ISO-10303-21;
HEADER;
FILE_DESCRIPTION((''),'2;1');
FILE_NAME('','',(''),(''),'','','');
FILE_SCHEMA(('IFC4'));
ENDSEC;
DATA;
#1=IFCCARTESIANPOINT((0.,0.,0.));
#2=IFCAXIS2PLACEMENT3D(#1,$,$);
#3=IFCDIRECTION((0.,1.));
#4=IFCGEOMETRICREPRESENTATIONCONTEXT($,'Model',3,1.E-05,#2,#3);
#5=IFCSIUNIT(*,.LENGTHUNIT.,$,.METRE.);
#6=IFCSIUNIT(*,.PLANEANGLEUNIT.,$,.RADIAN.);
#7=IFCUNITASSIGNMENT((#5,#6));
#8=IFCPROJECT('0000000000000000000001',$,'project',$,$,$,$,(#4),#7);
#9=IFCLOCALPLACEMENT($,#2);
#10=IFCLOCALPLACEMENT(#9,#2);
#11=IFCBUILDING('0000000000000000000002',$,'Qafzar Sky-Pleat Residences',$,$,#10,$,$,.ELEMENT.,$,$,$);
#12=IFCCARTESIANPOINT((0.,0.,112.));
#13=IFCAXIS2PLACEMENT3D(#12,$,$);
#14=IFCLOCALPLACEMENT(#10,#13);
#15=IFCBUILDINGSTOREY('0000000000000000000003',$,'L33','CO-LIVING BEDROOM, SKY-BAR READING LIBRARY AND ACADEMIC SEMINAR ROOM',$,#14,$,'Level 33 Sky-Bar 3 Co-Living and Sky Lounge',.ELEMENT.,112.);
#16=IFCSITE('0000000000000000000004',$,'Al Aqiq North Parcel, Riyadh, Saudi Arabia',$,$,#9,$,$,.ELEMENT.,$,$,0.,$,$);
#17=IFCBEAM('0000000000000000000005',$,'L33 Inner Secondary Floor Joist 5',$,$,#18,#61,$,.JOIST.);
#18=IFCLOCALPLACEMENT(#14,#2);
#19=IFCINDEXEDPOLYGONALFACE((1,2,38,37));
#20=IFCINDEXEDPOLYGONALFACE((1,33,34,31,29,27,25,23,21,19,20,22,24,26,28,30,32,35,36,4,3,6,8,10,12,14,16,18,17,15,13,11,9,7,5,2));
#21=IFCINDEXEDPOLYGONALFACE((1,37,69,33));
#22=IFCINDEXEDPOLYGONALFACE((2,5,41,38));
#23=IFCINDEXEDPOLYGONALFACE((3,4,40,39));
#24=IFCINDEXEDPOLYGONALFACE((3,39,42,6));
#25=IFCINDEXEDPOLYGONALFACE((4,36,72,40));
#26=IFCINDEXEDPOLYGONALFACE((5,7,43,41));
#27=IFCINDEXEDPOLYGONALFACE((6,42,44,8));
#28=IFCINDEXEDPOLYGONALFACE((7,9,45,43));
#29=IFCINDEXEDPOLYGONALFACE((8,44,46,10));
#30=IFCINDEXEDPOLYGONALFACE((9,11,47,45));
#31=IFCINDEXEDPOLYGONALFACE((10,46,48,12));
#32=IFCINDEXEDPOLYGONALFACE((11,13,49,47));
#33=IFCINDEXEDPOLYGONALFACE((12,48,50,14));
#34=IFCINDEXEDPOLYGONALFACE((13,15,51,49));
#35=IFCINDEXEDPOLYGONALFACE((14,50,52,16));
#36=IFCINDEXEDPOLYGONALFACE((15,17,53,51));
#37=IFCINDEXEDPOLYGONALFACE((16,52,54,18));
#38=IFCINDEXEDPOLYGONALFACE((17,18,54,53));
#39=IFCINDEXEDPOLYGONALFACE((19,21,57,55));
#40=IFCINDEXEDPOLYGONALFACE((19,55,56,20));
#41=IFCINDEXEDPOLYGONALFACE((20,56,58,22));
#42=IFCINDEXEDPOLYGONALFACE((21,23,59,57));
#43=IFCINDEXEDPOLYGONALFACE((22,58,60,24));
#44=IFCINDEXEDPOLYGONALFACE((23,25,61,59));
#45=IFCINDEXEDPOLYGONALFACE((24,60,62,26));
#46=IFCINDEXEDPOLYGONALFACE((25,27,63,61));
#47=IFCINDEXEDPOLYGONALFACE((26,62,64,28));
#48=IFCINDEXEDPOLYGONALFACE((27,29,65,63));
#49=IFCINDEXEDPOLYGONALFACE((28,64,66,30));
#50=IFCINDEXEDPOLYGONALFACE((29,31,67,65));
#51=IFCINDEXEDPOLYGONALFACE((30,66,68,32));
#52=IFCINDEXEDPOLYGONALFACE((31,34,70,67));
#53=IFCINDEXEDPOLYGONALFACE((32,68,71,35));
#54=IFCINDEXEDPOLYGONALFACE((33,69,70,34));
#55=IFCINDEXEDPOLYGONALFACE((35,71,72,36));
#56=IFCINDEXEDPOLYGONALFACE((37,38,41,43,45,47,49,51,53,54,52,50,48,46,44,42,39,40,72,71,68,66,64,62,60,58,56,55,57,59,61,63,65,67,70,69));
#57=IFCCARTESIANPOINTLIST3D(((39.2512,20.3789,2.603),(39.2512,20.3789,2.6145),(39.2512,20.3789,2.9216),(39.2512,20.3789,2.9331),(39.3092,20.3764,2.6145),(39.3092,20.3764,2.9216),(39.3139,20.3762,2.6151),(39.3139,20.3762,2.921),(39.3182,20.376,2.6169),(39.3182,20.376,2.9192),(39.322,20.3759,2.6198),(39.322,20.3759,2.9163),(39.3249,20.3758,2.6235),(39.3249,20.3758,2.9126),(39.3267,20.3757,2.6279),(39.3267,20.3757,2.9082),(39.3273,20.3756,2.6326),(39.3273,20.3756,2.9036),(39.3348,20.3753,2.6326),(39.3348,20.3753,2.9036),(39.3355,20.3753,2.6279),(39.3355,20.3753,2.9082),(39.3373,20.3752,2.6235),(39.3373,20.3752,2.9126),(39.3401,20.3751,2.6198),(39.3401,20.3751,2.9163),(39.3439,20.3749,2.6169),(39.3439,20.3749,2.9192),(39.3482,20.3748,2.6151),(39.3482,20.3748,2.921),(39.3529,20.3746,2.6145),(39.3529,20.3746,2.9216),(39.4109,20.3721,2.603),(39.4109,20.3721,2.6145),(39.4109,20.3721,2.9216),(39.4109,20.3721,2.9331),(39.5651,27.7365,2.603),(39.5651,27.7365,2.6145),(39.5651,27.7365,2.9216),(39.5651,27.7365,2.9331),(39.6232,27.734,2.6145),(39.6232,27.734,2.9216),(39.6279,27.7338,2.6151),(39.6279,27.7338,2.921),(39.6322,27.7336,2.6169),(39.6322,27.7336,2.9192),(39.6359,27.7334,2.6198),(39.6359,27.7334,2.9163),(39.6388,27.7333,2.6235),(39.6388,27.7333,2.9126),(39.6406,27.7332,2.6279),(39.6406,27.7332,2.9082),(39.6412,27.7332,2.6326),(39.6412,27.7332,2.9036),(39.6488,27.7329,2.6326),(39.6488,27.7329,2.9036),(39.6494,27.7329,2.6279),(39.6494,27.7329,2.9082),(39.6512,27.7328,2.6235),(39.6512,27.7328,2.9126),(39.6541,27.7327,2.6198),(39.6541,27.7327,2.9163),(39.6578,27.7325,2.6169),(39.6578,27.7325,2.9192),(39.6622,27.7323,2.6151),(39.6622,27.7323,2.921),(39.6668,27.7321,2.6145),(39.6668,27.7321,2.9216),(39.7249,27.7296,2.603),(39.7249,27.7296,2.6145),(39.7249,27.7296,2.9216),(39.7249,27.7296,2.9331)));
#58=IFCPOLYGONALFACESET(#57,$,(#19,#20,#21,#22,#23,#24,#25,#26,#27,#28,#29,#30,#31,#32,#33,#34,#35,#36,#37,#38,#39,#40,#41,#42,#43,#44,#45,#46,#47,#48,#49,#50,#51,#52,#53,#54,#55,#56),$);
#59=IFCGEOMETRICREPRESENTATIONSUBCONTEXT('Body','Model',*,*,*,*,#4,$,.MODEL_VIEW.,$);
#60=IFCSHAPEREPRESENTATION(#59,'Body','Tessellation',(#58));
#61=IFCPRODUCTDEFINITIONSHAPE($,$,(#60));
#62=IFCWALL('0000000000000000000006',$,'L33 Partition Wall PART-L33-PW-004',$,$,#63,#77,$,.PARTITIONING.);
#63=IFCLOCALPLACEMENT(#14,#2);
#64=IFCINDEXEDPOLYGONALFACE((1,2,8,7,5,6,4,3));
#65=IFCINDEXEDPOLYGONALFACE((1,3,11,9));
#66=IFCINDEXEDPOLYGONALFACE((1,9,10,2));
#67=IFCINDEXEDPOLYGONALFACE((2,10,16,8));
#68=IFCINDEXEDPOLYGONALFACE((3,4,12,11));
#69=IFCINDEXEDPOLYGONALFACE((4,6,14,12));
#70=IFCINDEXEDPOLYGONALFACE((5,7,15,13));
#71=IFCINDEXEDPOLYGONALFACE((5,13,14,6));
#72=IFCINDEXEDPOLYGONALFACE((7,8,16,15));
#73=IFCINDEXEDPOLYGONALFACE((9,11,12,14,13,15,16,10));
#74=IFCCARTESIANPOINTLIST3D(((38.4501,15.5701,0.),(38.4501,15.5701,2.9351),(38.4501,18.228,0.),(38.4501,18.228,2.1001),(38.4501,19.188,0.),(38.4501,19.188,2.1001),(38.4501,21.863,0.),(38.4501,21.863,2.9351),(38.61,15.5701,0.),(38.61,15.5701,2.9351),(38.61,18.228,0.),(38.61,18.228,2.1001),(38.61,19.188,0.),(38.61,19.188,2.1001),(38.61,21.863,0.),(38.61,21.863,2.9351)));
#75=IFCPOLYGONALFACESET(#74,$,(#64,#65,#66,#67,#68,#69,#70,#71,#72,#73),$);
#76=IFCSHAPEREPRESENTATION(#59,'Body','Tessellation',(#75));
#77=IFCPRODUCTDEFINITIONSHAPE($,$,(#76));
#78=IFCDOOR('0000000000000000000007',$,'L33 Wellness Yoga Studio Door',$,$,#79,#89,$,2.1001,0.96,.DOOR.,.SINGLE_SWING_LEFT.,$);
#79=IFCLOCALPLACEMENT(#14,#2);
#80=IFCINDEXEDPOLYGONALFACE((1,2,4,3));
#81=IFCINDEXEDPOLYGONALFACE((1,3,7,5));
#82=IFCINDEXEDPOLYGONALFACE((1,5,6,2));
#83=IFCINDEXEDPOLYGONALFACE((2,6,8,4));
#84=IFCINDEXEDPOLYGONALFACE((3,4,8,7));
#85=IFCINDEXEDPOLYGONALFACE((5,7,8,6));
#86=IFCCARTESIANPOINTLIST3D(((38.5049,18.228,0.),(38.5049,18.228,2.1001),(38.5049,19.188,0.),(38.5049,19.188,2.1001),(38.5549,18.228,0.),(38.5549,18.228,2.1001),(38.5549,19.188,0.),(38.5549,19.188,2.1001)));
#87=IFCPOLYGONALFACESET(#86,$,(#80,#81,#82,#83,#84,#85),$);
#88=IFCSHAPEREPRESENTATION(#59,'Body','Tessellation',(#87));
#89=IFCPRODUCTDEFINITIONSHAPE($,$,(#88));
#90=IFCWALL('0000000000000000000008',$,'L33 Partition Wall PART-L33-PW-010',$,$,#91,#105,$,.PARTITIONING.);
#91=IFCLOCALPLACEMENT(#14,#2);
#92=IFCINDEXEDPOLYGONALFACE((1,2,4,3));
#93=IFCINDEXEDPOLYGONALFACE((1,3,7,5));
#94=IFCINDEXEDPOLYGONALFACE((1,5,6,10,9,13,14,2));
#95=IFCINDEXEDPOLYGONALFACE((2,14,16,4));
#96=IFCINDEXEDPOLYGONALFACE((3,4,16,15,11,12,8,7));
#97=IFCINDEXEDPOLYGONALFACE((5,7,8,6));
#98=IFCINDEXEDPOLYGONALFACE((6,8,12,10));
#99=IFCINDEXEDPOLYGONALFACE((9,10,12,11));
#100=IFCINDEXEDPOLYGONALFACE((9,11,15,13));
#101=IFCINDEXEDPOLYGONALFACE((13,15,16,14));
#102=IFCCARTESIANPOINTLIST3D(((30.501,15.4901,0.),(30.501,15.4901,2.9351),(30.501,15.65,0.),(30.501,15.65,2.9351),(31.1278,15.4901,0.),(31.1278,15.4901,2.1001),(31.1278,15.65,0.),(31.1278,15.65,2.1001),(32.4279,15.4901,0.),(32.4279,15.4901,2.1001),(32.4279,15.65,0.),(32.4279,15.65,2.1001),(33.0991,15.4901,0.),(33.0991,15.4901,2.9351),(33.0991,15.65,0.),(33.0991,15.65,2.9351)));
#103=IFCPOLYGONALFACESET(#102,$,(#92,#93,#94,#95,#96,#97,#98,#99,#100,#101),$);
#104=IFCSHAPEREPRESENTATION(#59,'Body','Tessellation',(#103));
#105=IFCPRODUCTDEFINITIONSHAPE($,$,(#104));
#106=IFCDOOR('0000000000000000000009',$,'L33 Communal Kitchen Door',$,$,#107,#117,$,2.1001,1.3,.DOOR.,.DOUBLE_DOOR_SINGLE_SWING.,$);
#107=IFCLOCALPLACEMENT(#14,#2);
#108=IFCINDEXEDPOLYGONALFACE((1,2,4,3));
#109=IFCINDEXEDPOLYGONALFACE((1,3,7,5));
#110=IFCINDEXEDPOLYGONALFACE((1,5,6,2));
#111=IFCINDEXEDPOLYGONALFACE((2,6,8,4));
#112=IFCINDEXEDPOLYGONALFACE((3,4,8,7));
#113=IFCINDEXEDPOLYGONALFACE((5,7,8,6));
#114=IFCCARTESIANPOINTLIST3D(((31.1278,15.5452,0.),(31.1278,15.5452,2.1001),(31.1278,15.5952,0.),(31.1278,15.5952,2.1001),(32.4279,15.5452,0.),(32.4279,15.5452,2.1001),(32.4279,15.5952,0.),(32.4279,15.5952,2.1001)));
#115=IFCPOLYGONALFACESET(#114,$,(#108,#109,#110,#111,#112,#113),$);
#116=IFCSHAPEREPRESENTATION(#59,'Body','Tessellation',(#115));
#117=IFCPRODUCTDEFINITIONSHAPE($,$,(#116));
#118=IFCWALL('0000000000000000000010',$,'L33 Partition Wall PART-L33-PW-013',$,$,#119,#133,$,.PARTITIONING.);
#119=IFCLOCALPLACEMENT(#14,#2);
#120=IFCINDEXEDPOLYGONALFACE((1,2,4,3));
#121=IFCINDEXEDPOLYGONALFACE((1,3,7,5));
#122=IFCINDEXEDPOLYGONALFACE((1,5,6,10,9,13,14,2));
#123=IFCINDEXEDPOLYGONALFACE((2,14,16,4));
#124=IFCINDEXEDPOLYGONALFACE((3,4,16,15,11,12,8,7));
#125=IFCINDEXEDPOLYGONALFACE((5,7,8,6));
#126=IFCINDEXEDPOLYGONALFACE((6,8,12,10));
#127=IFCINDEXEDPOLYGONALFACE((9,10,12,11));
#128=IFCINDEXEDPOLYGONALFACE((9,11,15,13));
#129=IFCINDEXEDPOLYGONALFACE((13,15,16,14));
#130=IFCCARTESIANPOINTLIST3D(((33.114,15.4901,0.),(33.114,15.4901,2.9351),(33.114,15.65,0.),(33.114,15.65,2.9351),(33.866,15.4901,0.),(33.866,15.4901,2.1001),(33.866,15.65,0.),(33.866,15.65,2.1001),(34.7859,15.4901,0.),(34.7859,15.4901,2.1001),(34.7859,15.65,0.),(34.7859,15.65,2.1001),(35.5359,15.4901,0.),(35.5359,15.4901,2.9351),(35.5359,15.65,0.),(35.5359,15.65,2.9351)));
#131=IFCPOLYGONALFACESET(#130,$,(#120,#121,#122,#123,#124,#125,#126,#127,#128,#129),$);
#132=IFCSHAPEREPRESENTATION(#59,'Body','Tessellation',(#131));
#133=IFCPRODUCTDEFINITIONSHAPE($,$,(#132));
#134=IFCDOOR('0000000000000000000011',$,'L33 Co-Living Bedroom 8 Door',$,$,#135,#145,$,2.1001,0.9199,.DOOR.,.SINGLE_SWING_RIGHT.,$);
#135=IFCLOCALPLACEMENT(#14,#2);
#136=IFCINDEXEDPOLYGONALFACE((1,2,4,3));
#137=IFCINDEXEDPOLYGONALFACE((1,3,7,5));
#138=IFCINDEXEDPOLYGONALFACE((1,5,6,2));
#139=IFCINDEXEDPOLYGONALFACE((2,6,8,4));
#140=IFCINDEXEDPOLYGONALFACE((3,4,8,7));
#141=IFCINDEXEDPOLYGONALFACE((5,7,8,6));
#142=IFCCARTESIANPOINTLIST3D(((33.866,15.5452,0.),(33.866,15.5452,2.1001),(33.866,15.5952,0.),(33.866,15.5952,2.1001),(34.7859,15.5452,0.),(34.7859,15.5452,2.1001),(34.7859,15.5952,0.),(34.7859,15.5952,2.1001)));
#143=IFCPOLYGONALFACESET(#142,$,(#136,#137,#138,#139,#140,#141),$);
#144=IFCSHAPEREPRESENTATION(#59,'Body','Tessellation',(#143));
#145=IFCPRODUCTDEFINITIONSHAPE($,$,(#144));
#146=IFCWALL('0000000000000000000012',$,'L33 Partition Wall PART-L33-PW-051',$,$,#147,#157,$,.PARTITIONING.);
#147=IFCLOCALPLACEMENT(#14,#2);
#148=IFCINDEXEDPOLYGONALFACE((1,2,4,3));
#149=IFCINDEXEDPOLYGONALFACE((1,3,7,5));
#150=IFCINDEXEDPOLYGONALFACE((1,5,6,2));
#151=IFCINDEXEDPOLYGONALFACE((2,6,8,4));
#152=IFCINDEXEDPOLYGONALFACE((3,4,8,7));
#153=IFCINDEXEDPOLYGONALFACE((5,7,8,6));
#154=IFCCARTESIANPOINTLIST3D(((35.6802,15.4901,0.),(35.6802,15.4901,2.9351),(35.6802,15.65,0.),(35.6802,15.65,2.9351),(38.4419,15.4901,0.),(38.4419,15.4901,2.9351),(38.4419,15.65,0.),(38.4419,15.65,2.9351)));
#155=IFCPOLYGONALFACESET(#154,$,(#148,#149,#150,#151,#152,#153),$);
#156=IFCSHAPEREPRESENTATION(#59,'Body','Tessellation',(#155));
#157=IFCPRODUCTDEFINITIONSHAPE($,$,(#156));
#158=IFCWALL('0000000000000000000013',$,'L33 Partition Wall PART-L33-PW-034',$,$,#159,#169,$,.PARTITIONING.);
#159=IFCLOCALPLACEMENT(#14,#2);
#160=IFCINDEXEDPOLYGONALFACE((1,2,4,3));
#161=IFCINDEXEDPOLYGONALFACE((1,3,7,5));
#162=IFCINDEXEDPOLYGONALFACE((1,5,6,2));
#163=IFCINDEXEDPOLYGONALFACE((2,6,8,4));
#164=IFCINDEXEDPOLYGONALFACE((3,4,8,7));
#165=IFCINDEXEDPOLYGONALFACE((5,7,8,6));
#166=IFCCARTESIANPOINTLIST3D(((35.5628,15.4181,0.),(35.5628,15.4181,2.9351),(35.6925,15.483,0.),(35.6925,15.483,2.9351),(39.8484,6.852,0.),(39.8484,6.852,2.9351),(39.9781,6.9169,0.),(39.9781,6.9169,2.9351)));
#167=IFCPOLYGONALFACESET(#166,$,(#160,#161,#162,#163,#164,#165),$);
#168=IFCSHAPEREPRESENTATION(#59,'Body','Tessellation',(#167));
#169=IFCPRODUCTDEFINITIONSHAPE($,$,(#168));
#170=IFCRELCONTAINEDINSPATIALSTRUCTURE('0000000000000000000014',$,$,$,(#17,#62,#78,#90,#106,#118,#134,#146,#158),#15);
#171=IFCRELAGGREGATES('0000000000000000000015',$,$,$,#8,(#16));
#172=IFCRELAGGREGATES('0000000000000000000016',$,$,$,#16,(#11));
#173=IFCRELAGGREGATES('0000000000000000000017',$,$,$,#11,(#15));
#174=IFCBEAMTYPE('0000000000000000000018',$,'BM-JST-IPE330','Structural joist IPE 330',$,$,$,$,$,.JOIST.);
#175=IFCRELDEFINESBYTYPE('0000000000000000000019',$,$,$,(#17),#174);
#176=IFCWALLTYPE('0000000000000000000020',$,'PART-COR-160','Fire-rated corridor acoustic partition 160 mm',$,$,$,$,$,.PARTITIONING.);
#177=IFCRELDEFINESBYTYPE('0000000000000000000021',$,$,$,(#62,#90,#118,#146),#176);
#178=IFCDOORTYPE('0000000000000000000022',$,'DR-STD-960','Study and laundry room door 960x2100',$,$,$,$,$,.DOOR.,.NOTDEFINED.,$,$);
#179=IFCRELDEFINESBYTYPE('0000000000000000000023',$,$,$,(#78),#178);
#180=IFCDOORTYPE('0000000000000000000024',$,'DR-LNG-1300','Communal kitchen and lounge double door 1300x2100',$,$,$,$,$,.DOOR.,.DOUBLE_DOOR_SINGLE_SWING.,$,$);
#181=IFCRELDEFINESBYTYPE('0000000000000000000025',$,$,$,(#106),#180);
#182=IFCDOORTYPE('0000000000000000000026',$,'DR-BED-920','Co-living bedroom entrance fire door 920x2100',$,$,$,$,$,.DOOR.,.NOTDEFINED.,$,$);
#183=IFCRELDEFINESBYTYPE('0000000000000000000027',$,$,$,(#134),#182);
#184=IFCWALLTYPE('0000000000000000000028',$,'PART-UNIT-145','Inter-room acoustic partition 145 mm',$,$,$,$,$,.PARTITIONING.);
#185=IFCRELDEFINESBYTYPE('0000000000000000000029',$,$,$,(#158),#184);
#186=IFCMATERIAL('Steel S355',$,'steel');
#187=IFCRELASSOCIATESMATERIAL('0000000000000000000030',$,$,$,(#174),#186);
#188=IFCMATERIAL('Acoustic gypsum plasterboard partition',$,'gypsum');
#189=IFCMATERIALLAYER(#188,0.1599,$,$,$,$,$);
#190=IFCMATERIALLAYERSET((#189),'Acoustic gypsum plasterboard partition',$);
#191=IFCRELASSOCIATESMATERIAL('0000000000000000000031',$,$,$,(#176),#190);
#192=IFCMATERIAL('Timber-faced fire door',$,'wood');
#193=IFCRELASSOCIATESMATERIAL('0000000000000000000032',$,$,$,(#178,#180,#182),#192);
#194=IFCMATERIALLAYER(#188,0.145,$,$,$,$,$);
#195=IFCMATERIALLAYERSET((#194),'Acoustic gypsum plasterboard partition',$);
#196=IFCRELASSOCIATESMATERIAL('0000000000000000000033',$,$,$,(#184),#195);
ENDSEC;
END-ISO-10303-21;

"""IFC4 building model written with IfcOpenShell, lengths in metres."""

from ifc_helpers import new_model, si_unit, direction, frame, frame_2d, origin, origin_2d, place, context, subcontext, project, spatial, rectangle, i_section, extrude, source, transform, mapped, material, layer, layer_set, material_profile, profile_set, type_object, element, fill, save


model = new_model("IFC4")

# Units and contexts
model_context = context("Model", 3, precision=1e-05, world=origin(), true_north=direction((0.0, 1.0)))
body_context = subcontext(model_context, "Body", "Model", "MODEL_VIEW")
ifc_project = project(units=[si_unit("LENGTHUNIT", "METRE"), si_unit("PLANEANGLEUNIT", "RADIAN")], contexts=[model_context])

# Site, building, storey
site_placement = place(None, origin())
site = spatial("IfcSite", under=ifc_project, at=site_placement, Name="Al Aqiq North Parcel, Riyadh, Saudi Arabia", CompositionType="ELEMENT", RefElevation=0.0)
building_placement = place(site_placement, origin())
building = spatial("IfcBuilding", under=site, at=building_placement, Name="Qafzar Sky-Pleat Residences", CompositionType="ELEMENT")
storey_placement = place(building_placement, frame((0.0, 0.0, 112.0)))
storey = spatial("IfcBuildingStorey", under=building, at=storey_placement, Name="L33", Description="CO-LIVING BEDROOM, SKY-BAR READING LIBRARY AND ACADEMIC SEMINAR ROOM", LongName="Level 33 Sky-Bar 3 Co-Living and Sky Lounge", CompositionType="ELEMENT", Elevation=112.0)

# Beam
ifc_material_1 = material(Name="Steel S355", Category="steel")
ifc_material_profile = material_profile(ifc_material_1, i_section(OverallWidth=0.1599, OverallDepth=0.3301, WebThickness=0.0076, FlangeThickness=0.0115, FilletRadius=0.0181, at=origin_2d()), Name="IPE 330")
ifc_profile_set = profile_set([ifc_material_profile], Name="Steel S355")
beam_type = type_object("IfcBeamType", Name="BM-JST-IPE330", Description="Structural joist IPE 330", PredefinedType="JOIST", material=ifc_profile_set)
shared_shape_1 = source(origin(), body_context, "Body", "SweptSolid", [
    extrude(i_section(OverallWidth=0.1599, OverallDepth=0.3301, WebThickness=0.0076, FlangeThickness=0.0115, FilletRadius=0.0181, at=origin_2d()), origin(), (0.0, 0.0, 1.0), 7.3643),
])
beam_placement = place(storey_placement, frame((39.3311, 20.3755, 2.7681), z_axis=(0.042633, 0.999091, 0.0), x_axis=(-0.999091, 0.042633, 0.0)))
element("IfcBeam", 1, at=beam_placement, inside=storey, type_object=beam_type, Name="L33 Inner Secondary Floor Joist 5", PredefinedType="JOIST", context=body_context, shape_type="MappedRepresentation", body=[
    mapped(shared_shape_1, transform((0.0, 0.0, 0.0), x_axis=(1.0, 0.0, 0.0), y_axis=(0.0, 1.0, 0.0), z_axis=(0.0, 0.0, 1.0), scale=1.0)),
])

# Walls, openings, doors
ifc_material_2 = material(Name="Acoustic gypsum plasterboard partition", Category="gypsum")
ifc_layer_1 = layer(ifc_material_2, 0.1599)
ifc_layer_set_1 = layer_set([ifc_layer_1], Name="Acoustic gypsum plasterboard partition")
wall_type_1 = type_object("IfcWallType", Name="PART-COR-160", Description="Fire-rated corridor acoustic partition 160 mm", PredefinedType="PARTITIONING", material=ifc_layer_set_1)
wall_1_placement = place(storey_placement, frame((38.53, 21.863, 0.0), z_axis=(0.0, 0.0, 1.0), x_axis=(0.0, -1.0, 0.0)))
wall_1 = element("IfcWall", 2, at=wall_1_placement, inside=storey, type_object=wall_type_1, Name="L33 Partition Wall PART-L33-PW-004", PredefinedType="PARTITIONING", context=body_context, shape_type="SweptSolid", body=[
    extrude(rectangle(XDim=6.293, YDim=0.1599, at=frame_2d((3.1465, 0.0))), origin(), (0.0, 0.0, 1.0), 2.9351),
])
opening_1_placement = place(wall_1_placement, frame((2.675, 0.0, 0.0)))
opening_1 = element("IfcOpeningElement", 3, at=opening_1_placement, cuts=wall_1, PredefinedType="OPENING", context=body_context, shape_type="SweptSolid", body=[
    extrude(rectangle(XDim=0.96, YDim=2.1001, at=frame_2d((0.48, 1.05))), frame((0.0, 0.0898, 0.0), z_axis=(0.0, -1.0, 0.0), x_axis=(1.0, 0.0, 0.0)), (0.0, 0.0, 1.0), 0.1799),
])
ifc_material_3 = material(Name="Timber-faced fire door", Category="wood")
door_type_1 = type_object("IfcDoorType", Name="DR-STD-960", Description="Study and laundry room door 960x2100", OperationType="NOTDEFINED", PredefinedType="DOOR", material=ifc_material_3)
shared_shape_2 = source(origin(), body_context, "Body", "SweptSolid", [
    extrude(rectangle(XDim=0.96, YDim=2.1001, at=frame_2d((0.48, 1.05))), frame((0.0, 0.0249, 0.0), z_axis=(0.0, -1.0, 0.0), x_axis=(1.0, 0.0, 0.0)), (0.0, 0.0, 1.0), 0.05),
])
door_1_placement = place(opening_1_placement, origin())
door_1 = element("IfcDoor", 4, at=door_1_placement, inside=storey, type_object=door_type_1, Name="L33 Wellness Yoga Studio Door", OperationType="SINGLE_SWING_LEFT", OverallHeight=2.1001, OverallWidth=0.96, PredefinedType="DOOR", context=body_context, shape_type="MappedRepresentation", body=[
    mapped(shared_shape_2, transform((0.0, 0.0, 0.0), x_axis=(1.0, 0.0, 0.0), y_axis=(0.0, 1.0, 0.0), z_axis=(0.0, 0.0, 1.0), scale=1.0)),
])
fill(opening_1, door_1)
wall_2_placement = place(storey_placement, frame((33.0991, 15.5701, 0.0), z_axis=(0.0, 0.0, 1.0), x_axis=(-1.0, 0.0, 0.0)))
wall_2 = element("IfcWall", 5, at=wall_2_placement, inside=storey, type_object=wall_type_1, Name="L33 Partition Wall PART-L33-PW-010", PredefinedType="PARTITIONING", context=body_context, shape_type="SweptSolid", body=[
    extrude(rectangle(XDim=2.5981, YDim=0.1599, at=frame_2d((1.2991, 0.0))), origin(), (0.0, 0.0, 1.0), 2.9351),
])
opening_2_placement = place(wall_2_placement, frame((0.6714, 0.0, 0.0)))
opening_2 = element("IfcOpeningElement", 6, at=opening_2_placement, cuts=wall_2, PredefinedType="OPENING", context=body_context, shape_type="SweptSolid", body=[
    extrude(rectangle(XDim=1.3, YDim=2.1001, at=frame_2d((0.6499, 1.05))), frame((0.0, 0.0898, 0.0), z_axis=(0.0, -1.0, 0.0), x_axis=(1.0, 0.0, 0.0)), (0.0, 0.0, 1.0), 0.1799),
])
door_type_2 = type_object("IfcDoorType", Name="DR-LNG-1300", Description="Communal kitchen and lounge double door 1300x2100", OperationType="DOUBLE_DOOR_SINGLE_SWING", PredefinedType="DOOR", material=ifc_material_3)
shared_shape_3 = source(origin(), body_context, "Body", "SweptSolid", [
    extrude(rectangle(XDim=1.3, YDim=2.1001, at=frame_2d((0.6499, 1.05))), frame((0.0, 0.0249, 0.0), z_axis=(0.0, -1.0, 0.0), x_axis=(1.0, 0.0, 0.0)), (0.0, 0.0, 1.0), 0.05),
])
door_2_placement = place(opening_2_placement, origin())
door_2 = element("IfcDoor", 7, at=door_2_placement, inside=storey, type_object=door_type_2, Name="L33 Communal Kitchen Door", OperationType="DOUBLE_DOOR_SINGLE_SWING", OverallHeight=2.1001, OverallWidth=1.3, PredefinedType="DOOR", context=body_context, shape_type="MappedRepresentation", body=[
    mapped(shared_shape_3, transform((0.0, 0.0, 0.0), x_axis=(1.0, 0.0, 0.0), y_axis=(0.0, 1.0, 0.0), z_axis=(0.0, 0.0, 1.0), scale=1.0)),
])
fill(opening_2, door_2)
wall_3_placement = place(storey_placement, frame((35.5359, 15.5701, 0.0), z_axis=(0.0, 0.0, 1.0), x_axis=(-1.0, 0.0, 0.0)))
wall_3 = element("IfcWall", 8, at=wall_3_placement, inside=storey, type_object=wall_type_1, Name="L33 Partition Wall PART-L33-PW-013", PredefinedType="PARTITIONING", context=body_context, shape_type="SweptSolid", body=[
    extrude(rectangle(XDim=2.4219, YDim=0.1599, at=frame_2d((1.2109, 0.0))), origin(), (0.0, 0.0, 1.0), 2.9351),
])
opening_3_placement = place(wall_3_placement, frame((0.75, 0.0, 0.0)))
opening_3 = element("IfcOpeningElement", 9, at=opening_3_placement, cuts=wall_3, PredefinedType="OPENING", context=body_context, shape_type="SweptSolid", body=[
    extrude(rectangle(XDim=0.9199, YDim=2.1001, at=frame_2d((0.46, 1.05))), frame((0.0, 0.0898, 0.0), z_axis=(0.0, -1.0, 0.0), x_axis=(1.0, 0.0, 0.0)), (0.0, 0.0, 1.0), 0.1799),
])
door_type_3 = type_object("IfcDoorType", Name="DR-BED-920", Description="Co-living bedroom entrance fire door 920x2100", OperationType="NOTDEFINED", PredefinedType="DOOR", material=ifc_material_3)
shared_shape_4 = source(origin(), body_context, "Body", "SweptSolid", [
    extrude(rectangle(XDim=0.9199, YDim=2.1001, at=frame_2d((0.46, 1.05))), frame((0.0, 0.0249, 0.0), z_axis=(0.0, -1.0, 0.0), x_axis=(1.0, 0.0, 0.0)), (0.0, 0.0, 1.0), 0.05),
])
door_3_placement = place(opening_3_placement, origin())
door_3 = element("IfcDoor", 10, at=door_3_placement, inside=storey, type_object=door_type_3, Name="L33 Co-Living Bedroom 8 Door", OperationType="SINGLE_SWING_RIGHT", OverallHeight=2.1001, OverallWidth=0.9199, PredefinedType="DOOR", context=body_context, shape_type="MappedRepresentation", body=[
    mapped(shared_shape_4, transform((0.0, 0.0, 0.0), x_axis=(1.0, 0.0, 0.0), y_axis=(0.0, 1.0, 0.0), z_axis=(0.0, 0.0, 1.0), scale=1.0)),
])
fill(opening_3, door_3)

# Walls
wall_4_placement = place(storey_placement, frame((35.6802, 15.5701, 0.0), z_axis=(0.0, 0.0, 1.0), x_axis=(1.0, 0.0, 0.0)))
element("IfcWall", 11, at=wall_4_placement, inside=storey, type_object=wall_type_1, Name="L33 Partition Wall PART-L33-PW-051", PredefinedType="PARTITIONING", context=body_context, shape_type="SweptSolid", body=[
    extrude(rectangle(XDim=2.7617, YDim=0.1599, at=frame_2d((1.3809, 0.0))), origin(), (0.0, 0.0, 1.0), 2.9351),
])
ifc_layer_2 = layer(ifc_material_2, 0.145)
ifc_layer_set_2 = layer_set([ifc_layer_2], Name="Acoustic gypsum plasterboard partition")
wall_type_2 = type_object("IfcWallType", Name="PART-UNIT-145", Description="Inter-room acoustic partition 145 mm", PredefinedType="PARTITIONING", material=ifc_layer_set_2)
wall_5_placement = place(storey_placement, frame((35.6277, 15.4504, 0.0), z_axis=(0.0, 0.0, 1.0), x_axis=(0.447428, -0.89432, 0.0)))
element("IfcWall", 12, at=wall_5_placement, inside=storey, type_object=wall_type_2, Name="L33 Partition Wall PART-L33-PW-034", PredefinedType="PARTITIONING", context=body_context, shape_type="SweptSolid", body=[
    extrude(rectangle(XDim=9.5784, YDim=0.145, at=frame_2d((4.7891, 0.0))), origin(), (0.0, 0.0, 1.0), 2.9351),
])

save(model, "model.ifc")
